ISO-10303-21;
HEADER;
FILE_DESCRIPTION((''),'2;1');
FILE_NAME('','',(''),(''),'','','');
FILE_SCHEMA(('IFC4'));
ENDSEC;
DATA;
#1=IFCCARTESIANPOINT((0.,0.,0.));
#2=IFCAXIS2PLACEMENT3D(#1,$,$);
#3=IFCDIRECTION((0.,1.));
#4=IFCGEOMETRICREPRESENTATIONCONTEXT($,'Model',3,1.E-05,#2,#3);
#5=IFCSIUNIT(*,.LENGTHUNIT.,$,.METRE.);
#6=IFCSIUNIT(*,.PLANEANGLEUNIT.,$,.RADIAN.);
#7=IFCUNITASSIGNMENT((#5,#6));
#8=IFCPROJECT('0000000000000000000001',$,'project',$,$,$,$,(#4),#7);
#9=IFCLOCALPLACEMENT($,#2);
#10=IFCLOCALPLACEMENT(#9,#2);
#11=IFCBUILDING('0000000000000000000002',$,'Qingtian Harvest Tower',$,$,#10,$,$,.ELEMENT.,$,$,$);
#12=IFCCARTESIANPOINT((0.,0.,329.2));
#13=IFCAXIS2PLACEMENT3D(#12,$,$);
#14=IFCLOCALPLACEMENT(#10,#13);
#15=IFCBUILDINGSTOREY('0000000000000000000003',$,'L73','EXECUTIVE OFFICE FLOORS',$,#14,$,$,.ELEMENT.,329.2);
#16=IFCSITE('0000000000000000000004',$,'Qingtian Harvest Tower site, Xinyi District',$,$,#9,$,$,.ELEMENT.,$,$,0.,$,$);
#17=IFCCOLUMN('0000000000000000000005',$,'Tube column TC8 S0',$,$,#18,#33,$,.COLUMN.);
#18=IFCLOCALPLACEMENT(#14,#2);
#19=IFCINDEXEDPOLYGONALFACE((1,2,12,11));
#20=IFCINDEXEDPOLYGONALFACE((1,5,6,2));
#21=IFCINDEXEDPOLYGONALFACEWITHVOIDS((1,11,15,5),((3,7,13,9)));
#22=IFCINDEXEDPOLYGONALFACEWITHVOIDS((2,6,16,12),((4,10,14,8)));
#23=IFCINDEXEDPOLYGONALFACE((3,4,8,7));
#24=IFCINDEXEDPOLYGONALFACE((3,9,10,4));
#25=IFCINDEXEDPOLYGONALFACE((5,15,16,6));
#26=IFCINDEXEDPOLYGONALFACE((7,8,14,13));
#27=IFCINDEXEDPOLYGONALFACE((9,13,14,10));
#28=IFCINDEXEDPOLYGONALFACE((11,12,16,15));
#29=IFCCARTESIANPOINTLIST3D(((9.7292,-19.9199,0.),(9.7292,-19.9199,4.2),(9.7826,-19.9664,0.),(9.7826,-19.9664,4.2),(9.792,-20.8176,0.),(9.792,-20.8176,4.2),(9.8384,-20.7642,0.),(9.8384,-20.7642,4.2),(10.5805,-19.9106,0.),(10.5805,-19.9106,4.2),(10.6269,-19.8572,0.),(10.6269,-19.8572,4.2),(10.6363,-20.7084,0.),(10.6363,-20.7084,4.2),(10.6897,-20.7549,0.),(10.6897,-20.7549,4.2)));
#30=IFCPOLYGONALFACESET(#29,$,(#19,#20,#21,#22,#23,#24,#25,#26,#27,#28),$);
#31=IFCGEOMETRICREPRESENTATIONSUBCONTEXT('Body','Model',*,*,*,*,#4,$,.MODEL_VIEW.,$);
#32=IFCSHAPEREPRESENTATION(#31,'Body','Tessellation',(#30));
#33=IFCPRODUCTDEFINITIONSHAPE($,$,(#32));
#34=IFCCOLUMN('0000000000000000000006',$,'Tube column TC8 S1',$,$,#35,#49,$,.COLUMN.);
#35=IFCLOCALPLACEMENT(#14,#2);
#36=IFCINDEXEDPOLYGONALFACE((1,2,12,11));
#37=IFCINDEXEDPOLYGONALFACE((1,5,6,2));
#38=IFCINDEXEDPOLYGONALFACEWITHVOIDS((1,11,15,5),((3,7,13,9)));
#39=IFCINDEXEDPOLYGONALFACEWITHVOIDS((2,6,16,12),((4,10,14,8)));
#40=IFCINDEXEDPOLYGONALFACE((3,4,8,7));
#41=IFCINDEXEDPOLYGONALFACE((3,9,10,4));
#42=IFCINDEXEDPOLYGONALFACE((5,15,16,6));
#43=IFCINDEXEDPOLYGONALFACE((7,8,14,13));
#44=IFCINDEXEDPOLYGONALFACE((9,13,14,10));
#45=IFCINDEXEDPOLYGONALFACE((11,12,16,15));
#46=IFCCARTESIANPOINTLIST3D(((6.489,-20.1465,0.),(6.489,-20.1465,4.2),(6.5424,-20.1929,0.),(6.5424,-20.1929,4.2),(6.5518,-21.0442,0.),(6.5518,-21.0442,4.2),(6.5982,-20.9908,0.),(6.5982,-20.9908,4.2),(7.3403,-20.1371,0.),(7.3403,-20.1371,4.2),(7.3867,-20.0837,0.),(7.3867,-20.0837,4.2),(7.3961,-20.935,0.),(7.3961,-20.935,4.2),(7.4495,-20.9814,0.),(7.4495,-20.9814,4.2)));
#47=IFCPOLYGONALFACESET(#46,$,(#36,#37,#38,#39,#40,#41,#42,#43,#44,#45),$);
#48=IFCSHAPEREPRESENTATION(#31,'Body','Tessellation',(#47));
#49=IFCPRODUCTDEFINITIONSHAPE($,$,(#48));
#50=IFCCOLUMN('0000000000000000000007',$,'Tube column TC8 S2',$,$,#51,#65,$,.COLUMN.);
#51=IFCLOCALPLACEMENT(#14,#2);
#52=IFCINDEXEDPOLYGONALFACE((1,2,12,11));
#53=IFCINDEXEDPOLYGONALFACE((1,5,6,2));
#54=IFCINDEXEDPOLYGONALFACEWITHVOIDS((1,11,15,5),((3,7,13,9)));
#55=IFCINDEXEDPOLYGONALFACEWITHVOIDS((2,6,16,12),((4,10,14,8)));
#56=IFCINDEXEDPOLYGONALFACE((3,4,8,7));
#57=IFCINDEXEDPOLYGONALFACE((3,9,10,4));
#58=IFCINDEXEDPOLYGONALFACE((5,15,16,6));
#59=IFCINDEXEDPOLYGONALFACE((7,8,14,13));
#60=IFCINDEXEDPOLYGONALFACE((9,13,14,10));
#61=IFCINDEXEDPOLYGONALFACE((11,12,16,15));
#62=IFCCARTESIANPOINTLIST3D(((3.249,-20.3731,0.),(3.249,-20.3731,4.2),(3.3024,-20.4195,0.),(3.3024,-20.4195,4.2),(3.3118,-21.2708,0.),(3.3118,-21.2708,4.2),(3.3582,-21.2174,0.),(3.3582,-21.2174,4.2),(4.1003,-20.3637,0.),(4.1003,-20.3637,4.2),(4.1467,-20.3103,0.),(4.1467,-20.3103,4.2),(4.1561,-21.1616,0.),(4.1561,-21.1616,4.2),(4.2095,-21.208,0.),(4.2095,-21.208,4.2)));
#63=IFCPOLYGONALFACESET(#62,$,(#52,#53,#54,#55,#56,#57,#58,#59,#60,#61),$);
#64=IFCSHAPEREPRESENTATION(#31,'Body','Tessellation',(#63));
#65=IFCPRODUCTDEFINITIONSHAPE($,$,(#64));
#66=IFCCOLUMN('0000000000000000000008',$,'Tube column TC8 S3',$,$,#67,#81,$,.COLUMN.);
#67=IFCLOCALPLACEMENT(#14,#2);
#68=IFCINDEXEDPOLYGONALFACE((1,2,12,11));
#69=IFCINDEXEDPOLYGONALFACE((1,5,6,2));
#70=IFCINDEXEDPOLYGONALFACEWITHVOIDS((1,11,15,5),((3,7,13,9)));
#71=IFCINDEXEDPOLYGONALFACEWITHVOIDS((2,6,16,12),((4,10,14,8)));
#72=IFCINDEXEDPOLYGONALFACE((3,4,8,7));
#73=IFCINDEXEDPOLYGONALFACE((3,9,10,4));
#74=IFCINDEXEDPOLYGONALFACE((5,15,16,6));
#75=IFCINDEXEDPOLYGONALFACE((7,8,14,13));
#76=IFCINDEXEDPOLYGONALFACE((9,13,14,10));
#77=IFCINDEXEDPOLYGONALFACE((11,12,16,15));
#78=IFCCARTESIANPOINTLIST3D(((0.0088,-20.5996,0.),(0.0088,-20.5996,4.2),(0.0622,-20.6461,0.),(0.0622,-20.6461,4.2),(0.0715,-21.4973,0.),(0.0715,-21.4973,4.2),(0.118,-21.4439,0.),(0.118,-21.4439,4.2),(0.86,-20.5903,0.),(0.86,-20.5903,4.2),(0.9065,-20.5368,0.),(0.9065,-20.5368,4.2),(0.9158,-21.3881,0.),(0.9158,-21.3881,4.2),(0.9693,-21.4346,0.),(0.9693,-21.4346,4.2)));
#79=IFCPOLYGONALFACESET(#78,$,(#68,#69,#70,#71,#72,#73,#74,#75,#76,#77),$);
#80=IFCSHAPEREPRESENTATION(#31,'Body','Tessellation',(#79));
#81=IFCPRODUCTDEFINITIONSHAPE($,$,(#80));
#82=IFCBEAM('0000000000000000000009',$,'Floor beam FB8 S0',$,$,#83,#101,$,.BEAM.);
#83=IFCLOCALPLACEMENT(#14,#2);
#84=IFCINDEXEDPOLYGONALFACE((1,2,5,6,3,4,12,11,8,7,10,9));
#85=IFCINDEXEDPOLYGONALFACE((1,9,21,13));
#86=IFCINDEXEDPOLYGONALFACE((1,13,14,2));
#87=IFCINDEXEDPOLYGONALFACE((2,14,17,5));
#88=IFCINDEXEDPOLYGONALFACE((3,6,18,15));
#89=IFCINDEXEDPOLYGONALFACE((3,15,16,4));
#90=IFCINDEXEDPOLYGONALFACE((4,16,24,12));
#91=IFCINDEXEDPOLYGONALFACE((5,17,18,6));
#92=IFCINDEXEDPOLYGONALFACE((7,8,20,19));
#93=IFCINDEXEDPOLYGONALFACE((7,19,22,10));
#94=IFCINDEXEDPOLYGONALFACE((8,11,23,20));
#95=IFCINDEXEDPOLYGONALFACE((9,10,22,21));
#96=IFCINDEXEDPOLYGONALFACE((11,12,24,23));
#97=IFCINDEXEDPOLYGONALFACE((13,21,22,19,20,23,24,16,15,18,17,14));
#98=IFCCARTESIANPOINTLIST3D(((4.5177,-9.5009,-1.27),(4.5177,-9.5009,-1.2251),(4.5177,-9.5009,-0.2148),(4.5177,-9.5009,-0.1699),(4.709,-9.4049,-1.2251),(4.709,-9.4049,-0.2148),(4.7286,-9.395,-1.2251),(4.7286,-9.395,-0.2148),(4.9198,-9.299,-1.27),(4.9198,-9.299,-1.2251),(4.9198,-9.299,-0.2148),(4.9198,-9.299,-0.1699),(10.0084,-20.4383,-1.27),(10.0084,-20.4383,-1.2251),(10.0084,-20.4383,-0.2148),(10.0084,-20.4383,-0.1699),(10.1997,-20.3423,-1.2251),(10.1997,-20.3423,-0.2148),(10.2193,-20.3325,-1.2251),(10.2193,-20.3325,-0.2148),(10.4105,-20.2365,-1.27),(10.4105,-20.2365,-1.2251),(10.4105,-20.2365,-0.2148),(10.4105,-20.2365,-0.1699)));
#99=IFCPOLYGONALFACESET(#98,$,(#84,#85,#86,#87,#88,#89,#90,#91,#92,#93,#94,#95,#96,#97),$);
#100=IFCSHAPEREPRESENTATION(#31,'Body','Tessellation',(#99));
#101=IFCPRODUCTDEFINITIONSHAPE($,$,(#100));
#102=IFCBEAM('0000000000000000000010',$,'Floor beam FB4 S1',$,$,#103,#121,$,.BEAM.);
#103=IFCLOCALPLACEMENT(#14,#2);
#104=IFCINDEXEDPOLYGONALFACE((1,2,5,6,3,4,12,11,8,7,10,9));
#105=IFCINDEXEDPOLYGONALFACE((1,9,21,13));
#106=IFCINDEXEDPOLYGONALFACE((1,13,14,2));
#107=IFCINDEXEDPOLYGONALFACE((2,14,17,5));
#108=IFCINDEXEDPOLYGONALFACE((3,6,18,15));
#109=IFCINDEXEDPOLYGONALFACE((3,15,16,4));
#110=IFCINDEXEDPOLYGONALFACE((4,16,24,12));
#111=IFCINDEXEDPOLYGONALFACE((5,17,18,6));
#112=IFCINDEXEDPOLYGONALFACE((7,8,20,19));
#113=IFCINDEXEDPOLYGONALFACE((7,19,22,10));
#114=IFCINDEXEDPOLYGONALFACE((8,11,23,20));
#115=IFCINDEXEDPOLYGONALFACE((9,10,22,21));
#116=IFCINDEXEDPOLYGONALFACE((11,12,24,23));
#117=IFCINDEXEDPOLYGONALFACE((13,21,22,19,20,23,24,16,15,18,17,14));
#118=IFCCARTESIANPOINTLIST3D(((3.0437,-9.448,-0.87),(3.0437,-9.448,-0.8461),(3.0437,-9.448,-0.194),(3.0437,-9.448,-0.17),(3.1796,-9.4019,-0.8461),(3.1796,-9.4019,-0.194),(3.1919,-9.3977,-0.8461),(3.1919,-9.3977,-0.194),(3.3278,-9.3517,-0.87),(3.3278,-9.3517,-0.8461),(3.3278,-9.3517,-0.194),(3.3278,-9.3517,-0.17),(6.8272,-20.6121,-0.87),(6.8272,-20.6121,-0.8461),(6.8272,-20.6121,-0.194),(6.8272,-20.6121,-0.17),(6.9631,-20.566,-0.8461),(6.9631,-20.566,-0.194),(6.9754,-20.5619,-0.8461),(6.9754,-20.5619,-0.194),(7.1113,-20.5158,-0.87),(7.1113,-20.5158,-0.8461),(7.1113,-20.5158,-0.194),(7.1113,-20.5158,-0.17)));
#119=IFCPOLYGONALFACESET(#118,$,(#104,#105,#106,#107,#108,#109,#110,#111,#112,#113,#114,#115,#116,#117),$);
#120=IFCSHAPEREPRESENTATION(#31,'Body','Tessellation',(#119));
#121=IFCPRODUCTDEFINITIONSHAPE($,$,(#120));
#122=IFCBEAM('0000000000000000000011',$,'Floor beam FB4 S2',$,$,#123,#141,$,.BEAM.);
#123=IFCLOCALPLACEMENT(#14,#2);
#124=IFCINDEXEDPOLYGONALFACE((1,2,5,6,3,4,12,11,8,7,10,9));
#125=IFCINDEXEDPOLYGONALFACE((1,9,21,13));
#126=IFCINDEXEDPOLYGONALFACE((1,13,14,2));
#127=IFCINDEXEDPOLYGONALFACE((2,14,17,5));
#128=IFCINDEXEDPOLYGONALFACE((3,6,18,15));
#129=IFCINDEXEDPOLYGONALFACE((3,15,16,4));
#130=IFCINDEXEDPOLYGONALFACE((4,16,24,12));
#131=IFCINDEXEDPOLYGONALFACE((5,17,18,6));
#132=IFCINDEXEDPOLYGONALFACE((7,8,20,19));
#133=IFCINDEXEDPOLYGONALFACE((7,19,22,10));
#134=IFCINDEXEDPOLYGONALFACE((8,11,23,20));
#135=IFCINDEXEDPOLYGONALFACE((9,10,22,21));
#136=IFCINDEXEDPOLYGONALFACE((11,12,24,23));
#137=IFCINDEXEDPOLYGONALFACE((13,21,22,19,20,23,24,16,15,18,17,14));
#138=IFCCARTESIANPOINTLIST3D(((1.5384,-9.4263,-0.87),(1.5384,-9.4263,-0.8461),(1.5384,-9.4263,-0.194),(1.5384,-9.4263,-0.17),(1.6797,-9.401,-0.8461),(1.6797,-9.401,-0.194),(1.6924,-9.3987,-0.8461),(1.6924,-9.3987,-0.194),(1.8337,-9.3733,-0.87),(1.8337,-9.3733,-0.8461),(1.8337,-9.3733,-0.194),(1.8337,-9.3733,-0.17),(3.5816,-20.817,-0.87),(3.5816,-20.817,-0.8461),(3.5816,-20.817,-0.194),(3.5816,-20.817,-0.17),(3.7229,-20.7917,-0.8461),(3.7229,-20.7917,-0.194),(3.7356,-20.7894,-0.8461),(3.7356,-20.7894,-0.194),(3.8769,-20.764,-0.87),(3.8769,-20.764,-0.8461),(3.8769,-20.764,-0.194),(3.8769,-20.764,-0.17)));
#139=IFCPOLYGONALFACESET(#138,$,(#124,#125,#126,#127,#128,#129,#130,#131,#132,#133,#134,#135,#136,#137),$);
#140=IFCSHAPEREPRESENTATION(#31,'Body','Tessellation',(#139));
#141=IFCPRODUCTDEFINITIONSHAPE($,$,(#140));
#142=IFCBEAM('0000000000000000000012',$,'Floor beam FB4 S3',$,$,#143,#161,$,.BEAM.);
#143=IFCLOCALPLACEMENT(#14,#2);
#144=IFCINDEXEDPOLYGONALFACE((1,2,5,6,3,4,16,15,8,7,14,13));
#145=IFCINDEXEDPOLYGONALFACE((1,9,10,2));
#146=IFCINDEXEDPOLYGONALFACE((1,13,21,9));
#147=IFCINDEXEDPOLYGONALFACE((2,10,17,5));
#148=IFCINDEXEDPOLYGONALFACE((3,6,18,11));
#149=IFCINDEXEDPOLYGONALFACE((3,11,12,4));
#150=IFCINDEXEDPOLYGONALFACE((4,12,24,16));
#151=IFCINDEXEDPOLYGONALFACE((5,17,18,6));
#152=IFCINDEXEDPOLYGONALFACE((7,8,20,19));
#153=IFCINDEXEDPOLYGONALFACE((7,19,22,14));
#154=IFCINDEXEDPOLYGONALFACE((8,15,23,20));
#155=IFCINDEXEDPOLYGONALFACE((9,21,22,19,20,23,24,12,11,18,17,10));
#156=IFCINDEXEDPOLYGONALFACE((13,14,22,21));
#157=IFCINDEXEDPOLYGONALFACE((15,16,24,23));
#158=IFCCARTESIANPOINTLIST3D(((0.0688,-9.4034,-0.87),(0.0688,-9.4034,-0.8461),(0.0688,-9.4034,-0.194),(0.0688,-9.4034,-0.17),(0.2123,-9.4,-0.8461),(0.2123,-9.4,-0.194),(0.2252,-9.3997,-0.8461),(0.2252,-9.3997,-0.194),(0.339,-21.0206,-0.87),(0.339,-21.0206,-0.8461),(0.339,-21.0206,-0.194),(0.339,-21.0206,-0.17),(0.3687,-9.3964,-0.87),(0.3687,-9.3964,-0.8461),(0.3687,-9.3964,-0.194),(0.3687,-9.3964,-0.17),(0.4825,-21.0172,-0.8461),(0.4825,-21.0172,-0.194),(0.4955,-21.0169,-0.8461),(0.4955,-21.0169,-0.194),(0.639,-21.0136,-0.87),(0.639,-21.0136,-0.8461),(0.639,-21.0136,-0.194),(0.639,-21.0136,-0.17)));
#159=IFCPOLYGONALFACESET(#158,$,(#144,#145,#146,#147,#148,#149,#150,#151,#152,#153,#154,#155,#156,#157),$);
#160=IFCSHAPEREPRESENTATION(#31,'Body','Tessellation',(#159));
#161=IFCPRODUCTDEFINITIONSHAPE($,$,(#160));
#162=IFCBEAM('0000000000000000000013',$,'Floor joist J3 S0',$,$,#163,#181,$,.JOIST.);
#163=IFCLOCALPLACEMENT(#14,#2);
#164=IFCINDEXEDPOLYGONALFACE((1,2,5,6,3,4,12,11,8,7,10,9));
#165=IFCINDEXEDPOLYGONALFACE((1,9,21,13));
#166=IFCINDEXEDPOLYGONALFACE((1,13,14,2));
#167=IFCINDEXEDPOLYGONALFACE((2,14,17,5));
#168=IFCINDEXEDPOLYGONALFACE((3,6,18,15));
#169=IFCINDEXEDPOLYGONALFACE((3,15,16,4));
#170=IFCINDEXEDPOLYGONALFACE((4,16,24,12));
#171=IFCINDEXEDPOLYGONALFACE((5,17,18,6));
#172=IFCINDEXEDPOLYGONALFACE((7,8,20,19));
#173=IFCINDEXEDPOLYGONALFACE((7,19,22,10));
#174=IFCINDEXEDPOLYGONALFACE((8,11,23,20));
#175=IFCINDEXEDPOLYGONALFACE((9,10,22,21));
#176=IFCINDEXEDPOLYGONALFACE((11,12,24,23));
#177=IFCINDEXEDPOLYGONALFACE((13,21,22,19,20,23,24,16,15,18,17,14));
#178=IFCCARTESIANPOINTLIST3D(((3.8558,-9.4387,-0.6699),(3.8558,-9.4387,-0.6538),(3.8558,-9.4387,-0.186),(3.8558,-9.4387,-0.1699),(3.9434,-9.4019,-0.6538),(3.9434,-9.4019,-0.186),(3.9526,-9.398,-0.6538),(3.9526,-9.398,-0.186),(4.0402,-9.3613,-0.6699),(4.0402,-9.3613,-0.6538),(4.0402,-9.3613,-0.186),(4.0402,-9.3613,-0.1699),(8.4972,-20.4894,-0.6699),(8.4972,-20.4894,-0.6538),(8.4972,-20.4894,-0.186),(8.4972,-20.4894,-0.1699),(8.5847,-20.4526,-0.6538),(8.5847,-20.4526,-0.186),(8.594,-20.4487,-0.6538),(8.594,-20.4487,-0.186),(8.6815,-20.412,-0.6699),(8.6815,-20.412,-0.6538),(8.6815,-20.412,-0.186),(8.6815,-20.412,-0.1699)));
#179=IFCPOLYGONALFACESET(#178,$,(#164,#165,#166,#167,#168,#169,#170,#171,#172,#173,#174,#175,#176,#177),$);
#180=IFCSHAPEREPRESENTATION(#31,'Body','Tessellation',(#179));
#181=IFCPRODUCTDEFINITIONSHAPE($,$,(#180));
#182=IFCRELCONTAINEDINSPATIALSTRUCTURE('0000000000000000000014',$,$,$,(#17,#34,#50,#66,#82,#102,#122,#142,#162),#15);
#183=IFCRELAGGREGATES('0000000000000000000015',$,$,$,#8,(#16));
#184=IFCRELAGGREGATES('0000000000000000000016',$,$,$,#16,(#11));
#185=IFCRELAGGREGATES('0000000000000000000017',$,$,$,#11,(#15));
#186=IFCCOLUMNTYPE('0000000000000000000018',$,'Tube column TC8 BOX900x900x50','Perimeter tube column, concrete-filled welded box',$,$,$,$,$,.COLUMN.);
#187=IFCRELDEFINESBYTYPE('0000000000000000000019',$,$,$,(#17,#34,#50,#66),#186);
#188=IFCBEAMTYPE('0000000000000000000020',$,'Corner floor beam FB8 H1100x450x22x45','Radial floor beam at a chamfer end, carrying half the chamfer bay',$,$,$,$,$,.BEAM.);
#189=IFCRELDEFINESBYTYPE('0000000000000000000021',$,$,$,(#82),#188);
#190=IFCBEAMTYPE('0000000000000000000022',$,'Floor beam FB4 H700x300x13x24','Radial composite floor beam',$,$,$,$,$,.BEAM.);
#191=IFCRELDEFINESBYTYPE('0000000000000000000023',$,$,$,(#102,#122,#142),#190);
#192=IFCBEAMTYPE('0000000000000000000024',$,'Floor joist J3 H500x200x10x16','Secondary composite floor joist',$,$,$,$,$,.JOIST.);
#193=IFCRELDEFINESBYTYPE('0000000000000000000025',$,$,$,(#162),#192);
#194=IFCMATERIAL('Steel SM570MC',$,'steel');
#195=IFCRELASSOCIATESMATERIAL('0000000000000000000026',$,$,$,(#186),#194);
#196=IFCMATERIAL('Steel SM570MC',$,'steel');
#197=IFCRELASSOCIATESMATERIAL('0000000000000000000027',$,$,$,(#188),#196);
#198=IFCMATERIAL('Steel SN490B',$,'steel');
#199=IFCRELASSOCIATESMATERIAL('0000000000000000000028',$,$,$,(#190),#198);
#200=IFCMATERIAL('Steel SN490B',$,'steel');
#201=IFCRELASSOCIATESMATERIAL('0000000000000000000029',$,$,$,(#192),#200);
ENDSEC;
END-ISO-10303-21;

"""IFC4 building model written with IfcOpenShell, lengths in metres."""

from ifc_helpers import new_model, si_unit, direction, frame, origin, origin_2d, place, context, subcontext, project, spatial, hollow_rectangle, i_section, extrude, material, material_profile, profile_set, type_object, element, save


model = new_model("IFC4")

# Units and contexts
model_context = context("Model", 3, precision=1e-05, world=origin(), true_north=direction((0.0, 1.0)))
body_context = subcontext(model_context, "Body", "Model", "MODEL_VIEW")
ifc_project = project(units=[si_unit("LENGTHUNIT", "METRE"), si_unit("PLANEANGLEUNIT", "RADIAN")], contexts=[model_context])

# Site, building, storey
site_placement = place(None, origin())
site = spatial("IfcSite", under=ifc_project, at=site_placement, Name="Qingtian Harvest Tower site, Xinyi District", CompositionType="ELEMENT", RefElevation=0.0)
building_placement = place(site_placement, origin())
building = spatial("IfcBuilding", under=site, at=building_placement, Name="Qingtian Harvest Tower", CompositionType="ELEMENT")
storey_placement = place(building_placement, frame((0.0, 0.0, 329.2)))
storey = spatial("IfcBuildingStorey", under=building, at=storey_placement, Name="L73", Description="EXECUTIVE OFFICE FLOORS", CompositionType="ELEMENT", Elevation=329.2)

# Columns
ifc_material_1 = material(Name="Steel SM570MC", Category="steel")
ifc_material_profile_1 = material_profile(ifc_material_1, hollow_rectangle(XDim=0.8999, YDim=0.8999, WallThickness=0.05, at=origin_2d()), Name="BOX900x900x50")
ifc_profile_set_1 = profile_set([ifc_material_profile_1], Name="Steel SM570MC")
column_type = type_object("IfcColumnType", Name="Tube column TC8 BOX900x900x50", Description="Perimeter tube column, concrete-filled welded box", PredefinedType="COLUMN", material=ifc_profile_set_1)
for number, where, z_axis, x_axis, name in (
    (1, (10.2095, -20.3374, 0.0), (0.0, 0.0, 1.0), (0.997564, 0.069756, 0.0), "Tube column TC8 S0"),
    (2, (6.9692, -20.564, 0.0), (0.0, 0.0, 1.0), (0.997564, 0.069756, 0.0), "Tube column TC8 S1"),
    (3, (3.7292, -20.7905, 0.0), (0.0, 0.0, 1.0), (0.997564, 0.069756, 0.0), "Tube column TC8 S2"),
    (4, (0.489, -21.0171, 0.0), (0.0, 0.0, 1.0), (0.997564, 0.069756, 0.0), "Tube column TC8 S3"),
):
    element("IfcColumn", number, at=place(storey_placement, frame(where, z_axis=z_axis, x_axis=x_axis)), inside=storey, type_object=column_type, Name=name, PredefinedType="COLUMN", context=body_context, shape_type="SweptSolid", body=[
        extrude(hollow_rectangle(XDim=0.8999, YDim=0.8999, WallThickness=0.05, at=origin_2d()), origin(), (0.0, 0.0, 1.0), 4.2),
    ])

# Beams
ifc_material_2 = material(Name="Steel SM570MC", Category="steel")
ifc_material_profile_2 = material_profile(ifc_material_2, i_section(OverallWidth=0.45, OverallDepth=1.1001, WebThickness=0.022, FlangeThickness=0.0449, at=origin_2d()), Name="H1100x450x22x45")
ifc_profile_set_2 = profile_set([ifc_material_profile_2], Name="Steel SM570MC")
beam_type_1 = type_object("IfcBeamType", Name="Corner floor beam FB8 H1100x450x22x45", Description="Radial floor beam at a chamfer end, carrying half the chamfer bay", PredefinedType="BEAM", material=ifc_profile_set_2)
beam_1_placement = place(storey_placement, frame((10.2095, -20.3374, -0.72), z_axis=(-0.448649, 0.893708, 0.0), x_axis=(-0.893708, -0.448649, 0.0)))
element("IfcBeam", 5, at=beam_1_placement, inside=storey, type_object=beam_type_1, Name="Floor beam FB8 S0", PredefinedType="BEAM", context=body_context, shape_type="SweptSolid", body=[
    extrude(i_section(OverallWidth=0.45, OverallDepth=1.1001, WebThickness=0.022, FlangeThickness=0.0449, at=origin_2d()), origin(), (0.0, 0.0, 1.0), 12.2383),
])
ifc_material_3 = material(Name="Steel SN490B", Category="steel")
ifc_material_profile_3 = material_profile(ifc_material_3, i_section(OverallWidth=0.3, OverallDepth=0.7, WebThickness=0.0129, FlangeThickness=0.0239, at=origin_2d()), Name="H700x300x13x24")
ifc_profile_set_3 = profile_set([ifc_material_profile_3], Name="Steel SN490B")
beam_type_2 = type_object("IfcBeamType", Name="Floor beam FB4 H700x300x13x24", Description="Radial composite floor beam", PredefinedType="BEAM", material=ifc_profile_set_3)
beam_2_placement = place(storey_placement, frame((6.9692, -20.564, -0.52), z_axis=(-0.320965, 0.947091, 0.0), x_axis=(-0.947091, -0.320965, 0.0)))
element("IfcBeam", 6, at=beam_2_placement, inside=storey, type_object=beam_type_2, Name="Floor beam FB4 S1", PredefinedType="BEAM", context=body_context, shape_type="SweptSolid", body=[
    extrude(i_section(OverallWidth=0.3, OverallDepth=0.7, WebThickness=0.0129, FlangeThickness=0.0239, at=origin_2d()), origin(), (0.0, 0.0, 1.0), 11.7878),
])
beam_3_placement = place(storey_placement, frame((3.7292, -20.7905, -0.52), z_axis=(-0.176559, 0.98429, 0.0), x_axis=(-0.98429, -0.176559, 0.0)))
element("IfcBeam", 7, at=beam_3_placement, inside=storey, type_object=beam_type_2, Name="Floor beam FB4 S2", PredefinedType="BEAM", context=body_context, shape_type="SweptSolid", body=[
    extrude(i_section(OverallWidth=0.3, OverallDepth=0.7, WebThickness=0.0129, FlangeThickness=0.0239, at=origin_2d()), origin(), (0.0, 0.0, 1.0), 11.5725),
])
beam_4_placement = place(storey_placement, frame((0.489, -21.0171, -0.52), z_axis=(-0.023258, 0.99973, 0.0), x_axis=(-0.99973, -0.023258, 0.0)))
element("IfcBeam", 8, at=beam_4_placement, inside=storey, type_object=beam_type_2, Name="Floor beam FB4 S3", PredefinedType="BEAM", context=body_context, shape_type="SweptSolid", body=[
    extrude(i_section(OverallWidth=0.3, OverallDepth=0.7, WebThickness=0.0129, FlangeThickness=0.0239, at=origin_2d()), origin(), (0.0, 0.0, 1.0), 11.6204),
])
ifc_material_4 = material(Name="Steel SN490B", Category="steel")
ifc_material_profile_4 = material_profile(ifc_material_4, i_section(OverallWidth=0.2, OverallDepth=0.5, WebThickness=0.01, FlangeThickness=0.0161, at=origin_2d()), Name="H500x200x10x16")
ifc_profile_set_4 = profile_set([ifc_material_profile_4], Name="Steel SN490B")
beam_type_3 = type_object("IfcBeamType", Name="Floor joist J3 H500x200x10x16", Description="Secondary composite floor joist", PredefinedType="JOIST", material=ifc_profile_set_4)
beam_5_placement = place(storey_placement, frame((8.5894, -20.4507, -0.4199), z_axis=(-0.387235, 0.921981, 0.0), x_axis=(-0.921981, -0.387235, 0.0)))
element("IfcBeam", 9, at=beam_5_placement, inside=storey, type_object=beam_type_3, Name="Floor joist J3 S0", PredefinedType="JOIST", context=body_context, shape_type="SweptSolid", body=[
    extrude(i_section(OverallWidth=0.2, OverallDepth=0.5, WebThickness=0.01, FlangeThickness=0.0161, at=origin_2d()), origin(), (0.0, 0.0, 1.0), 11.9858),
])

save(model, "model.ifc")
